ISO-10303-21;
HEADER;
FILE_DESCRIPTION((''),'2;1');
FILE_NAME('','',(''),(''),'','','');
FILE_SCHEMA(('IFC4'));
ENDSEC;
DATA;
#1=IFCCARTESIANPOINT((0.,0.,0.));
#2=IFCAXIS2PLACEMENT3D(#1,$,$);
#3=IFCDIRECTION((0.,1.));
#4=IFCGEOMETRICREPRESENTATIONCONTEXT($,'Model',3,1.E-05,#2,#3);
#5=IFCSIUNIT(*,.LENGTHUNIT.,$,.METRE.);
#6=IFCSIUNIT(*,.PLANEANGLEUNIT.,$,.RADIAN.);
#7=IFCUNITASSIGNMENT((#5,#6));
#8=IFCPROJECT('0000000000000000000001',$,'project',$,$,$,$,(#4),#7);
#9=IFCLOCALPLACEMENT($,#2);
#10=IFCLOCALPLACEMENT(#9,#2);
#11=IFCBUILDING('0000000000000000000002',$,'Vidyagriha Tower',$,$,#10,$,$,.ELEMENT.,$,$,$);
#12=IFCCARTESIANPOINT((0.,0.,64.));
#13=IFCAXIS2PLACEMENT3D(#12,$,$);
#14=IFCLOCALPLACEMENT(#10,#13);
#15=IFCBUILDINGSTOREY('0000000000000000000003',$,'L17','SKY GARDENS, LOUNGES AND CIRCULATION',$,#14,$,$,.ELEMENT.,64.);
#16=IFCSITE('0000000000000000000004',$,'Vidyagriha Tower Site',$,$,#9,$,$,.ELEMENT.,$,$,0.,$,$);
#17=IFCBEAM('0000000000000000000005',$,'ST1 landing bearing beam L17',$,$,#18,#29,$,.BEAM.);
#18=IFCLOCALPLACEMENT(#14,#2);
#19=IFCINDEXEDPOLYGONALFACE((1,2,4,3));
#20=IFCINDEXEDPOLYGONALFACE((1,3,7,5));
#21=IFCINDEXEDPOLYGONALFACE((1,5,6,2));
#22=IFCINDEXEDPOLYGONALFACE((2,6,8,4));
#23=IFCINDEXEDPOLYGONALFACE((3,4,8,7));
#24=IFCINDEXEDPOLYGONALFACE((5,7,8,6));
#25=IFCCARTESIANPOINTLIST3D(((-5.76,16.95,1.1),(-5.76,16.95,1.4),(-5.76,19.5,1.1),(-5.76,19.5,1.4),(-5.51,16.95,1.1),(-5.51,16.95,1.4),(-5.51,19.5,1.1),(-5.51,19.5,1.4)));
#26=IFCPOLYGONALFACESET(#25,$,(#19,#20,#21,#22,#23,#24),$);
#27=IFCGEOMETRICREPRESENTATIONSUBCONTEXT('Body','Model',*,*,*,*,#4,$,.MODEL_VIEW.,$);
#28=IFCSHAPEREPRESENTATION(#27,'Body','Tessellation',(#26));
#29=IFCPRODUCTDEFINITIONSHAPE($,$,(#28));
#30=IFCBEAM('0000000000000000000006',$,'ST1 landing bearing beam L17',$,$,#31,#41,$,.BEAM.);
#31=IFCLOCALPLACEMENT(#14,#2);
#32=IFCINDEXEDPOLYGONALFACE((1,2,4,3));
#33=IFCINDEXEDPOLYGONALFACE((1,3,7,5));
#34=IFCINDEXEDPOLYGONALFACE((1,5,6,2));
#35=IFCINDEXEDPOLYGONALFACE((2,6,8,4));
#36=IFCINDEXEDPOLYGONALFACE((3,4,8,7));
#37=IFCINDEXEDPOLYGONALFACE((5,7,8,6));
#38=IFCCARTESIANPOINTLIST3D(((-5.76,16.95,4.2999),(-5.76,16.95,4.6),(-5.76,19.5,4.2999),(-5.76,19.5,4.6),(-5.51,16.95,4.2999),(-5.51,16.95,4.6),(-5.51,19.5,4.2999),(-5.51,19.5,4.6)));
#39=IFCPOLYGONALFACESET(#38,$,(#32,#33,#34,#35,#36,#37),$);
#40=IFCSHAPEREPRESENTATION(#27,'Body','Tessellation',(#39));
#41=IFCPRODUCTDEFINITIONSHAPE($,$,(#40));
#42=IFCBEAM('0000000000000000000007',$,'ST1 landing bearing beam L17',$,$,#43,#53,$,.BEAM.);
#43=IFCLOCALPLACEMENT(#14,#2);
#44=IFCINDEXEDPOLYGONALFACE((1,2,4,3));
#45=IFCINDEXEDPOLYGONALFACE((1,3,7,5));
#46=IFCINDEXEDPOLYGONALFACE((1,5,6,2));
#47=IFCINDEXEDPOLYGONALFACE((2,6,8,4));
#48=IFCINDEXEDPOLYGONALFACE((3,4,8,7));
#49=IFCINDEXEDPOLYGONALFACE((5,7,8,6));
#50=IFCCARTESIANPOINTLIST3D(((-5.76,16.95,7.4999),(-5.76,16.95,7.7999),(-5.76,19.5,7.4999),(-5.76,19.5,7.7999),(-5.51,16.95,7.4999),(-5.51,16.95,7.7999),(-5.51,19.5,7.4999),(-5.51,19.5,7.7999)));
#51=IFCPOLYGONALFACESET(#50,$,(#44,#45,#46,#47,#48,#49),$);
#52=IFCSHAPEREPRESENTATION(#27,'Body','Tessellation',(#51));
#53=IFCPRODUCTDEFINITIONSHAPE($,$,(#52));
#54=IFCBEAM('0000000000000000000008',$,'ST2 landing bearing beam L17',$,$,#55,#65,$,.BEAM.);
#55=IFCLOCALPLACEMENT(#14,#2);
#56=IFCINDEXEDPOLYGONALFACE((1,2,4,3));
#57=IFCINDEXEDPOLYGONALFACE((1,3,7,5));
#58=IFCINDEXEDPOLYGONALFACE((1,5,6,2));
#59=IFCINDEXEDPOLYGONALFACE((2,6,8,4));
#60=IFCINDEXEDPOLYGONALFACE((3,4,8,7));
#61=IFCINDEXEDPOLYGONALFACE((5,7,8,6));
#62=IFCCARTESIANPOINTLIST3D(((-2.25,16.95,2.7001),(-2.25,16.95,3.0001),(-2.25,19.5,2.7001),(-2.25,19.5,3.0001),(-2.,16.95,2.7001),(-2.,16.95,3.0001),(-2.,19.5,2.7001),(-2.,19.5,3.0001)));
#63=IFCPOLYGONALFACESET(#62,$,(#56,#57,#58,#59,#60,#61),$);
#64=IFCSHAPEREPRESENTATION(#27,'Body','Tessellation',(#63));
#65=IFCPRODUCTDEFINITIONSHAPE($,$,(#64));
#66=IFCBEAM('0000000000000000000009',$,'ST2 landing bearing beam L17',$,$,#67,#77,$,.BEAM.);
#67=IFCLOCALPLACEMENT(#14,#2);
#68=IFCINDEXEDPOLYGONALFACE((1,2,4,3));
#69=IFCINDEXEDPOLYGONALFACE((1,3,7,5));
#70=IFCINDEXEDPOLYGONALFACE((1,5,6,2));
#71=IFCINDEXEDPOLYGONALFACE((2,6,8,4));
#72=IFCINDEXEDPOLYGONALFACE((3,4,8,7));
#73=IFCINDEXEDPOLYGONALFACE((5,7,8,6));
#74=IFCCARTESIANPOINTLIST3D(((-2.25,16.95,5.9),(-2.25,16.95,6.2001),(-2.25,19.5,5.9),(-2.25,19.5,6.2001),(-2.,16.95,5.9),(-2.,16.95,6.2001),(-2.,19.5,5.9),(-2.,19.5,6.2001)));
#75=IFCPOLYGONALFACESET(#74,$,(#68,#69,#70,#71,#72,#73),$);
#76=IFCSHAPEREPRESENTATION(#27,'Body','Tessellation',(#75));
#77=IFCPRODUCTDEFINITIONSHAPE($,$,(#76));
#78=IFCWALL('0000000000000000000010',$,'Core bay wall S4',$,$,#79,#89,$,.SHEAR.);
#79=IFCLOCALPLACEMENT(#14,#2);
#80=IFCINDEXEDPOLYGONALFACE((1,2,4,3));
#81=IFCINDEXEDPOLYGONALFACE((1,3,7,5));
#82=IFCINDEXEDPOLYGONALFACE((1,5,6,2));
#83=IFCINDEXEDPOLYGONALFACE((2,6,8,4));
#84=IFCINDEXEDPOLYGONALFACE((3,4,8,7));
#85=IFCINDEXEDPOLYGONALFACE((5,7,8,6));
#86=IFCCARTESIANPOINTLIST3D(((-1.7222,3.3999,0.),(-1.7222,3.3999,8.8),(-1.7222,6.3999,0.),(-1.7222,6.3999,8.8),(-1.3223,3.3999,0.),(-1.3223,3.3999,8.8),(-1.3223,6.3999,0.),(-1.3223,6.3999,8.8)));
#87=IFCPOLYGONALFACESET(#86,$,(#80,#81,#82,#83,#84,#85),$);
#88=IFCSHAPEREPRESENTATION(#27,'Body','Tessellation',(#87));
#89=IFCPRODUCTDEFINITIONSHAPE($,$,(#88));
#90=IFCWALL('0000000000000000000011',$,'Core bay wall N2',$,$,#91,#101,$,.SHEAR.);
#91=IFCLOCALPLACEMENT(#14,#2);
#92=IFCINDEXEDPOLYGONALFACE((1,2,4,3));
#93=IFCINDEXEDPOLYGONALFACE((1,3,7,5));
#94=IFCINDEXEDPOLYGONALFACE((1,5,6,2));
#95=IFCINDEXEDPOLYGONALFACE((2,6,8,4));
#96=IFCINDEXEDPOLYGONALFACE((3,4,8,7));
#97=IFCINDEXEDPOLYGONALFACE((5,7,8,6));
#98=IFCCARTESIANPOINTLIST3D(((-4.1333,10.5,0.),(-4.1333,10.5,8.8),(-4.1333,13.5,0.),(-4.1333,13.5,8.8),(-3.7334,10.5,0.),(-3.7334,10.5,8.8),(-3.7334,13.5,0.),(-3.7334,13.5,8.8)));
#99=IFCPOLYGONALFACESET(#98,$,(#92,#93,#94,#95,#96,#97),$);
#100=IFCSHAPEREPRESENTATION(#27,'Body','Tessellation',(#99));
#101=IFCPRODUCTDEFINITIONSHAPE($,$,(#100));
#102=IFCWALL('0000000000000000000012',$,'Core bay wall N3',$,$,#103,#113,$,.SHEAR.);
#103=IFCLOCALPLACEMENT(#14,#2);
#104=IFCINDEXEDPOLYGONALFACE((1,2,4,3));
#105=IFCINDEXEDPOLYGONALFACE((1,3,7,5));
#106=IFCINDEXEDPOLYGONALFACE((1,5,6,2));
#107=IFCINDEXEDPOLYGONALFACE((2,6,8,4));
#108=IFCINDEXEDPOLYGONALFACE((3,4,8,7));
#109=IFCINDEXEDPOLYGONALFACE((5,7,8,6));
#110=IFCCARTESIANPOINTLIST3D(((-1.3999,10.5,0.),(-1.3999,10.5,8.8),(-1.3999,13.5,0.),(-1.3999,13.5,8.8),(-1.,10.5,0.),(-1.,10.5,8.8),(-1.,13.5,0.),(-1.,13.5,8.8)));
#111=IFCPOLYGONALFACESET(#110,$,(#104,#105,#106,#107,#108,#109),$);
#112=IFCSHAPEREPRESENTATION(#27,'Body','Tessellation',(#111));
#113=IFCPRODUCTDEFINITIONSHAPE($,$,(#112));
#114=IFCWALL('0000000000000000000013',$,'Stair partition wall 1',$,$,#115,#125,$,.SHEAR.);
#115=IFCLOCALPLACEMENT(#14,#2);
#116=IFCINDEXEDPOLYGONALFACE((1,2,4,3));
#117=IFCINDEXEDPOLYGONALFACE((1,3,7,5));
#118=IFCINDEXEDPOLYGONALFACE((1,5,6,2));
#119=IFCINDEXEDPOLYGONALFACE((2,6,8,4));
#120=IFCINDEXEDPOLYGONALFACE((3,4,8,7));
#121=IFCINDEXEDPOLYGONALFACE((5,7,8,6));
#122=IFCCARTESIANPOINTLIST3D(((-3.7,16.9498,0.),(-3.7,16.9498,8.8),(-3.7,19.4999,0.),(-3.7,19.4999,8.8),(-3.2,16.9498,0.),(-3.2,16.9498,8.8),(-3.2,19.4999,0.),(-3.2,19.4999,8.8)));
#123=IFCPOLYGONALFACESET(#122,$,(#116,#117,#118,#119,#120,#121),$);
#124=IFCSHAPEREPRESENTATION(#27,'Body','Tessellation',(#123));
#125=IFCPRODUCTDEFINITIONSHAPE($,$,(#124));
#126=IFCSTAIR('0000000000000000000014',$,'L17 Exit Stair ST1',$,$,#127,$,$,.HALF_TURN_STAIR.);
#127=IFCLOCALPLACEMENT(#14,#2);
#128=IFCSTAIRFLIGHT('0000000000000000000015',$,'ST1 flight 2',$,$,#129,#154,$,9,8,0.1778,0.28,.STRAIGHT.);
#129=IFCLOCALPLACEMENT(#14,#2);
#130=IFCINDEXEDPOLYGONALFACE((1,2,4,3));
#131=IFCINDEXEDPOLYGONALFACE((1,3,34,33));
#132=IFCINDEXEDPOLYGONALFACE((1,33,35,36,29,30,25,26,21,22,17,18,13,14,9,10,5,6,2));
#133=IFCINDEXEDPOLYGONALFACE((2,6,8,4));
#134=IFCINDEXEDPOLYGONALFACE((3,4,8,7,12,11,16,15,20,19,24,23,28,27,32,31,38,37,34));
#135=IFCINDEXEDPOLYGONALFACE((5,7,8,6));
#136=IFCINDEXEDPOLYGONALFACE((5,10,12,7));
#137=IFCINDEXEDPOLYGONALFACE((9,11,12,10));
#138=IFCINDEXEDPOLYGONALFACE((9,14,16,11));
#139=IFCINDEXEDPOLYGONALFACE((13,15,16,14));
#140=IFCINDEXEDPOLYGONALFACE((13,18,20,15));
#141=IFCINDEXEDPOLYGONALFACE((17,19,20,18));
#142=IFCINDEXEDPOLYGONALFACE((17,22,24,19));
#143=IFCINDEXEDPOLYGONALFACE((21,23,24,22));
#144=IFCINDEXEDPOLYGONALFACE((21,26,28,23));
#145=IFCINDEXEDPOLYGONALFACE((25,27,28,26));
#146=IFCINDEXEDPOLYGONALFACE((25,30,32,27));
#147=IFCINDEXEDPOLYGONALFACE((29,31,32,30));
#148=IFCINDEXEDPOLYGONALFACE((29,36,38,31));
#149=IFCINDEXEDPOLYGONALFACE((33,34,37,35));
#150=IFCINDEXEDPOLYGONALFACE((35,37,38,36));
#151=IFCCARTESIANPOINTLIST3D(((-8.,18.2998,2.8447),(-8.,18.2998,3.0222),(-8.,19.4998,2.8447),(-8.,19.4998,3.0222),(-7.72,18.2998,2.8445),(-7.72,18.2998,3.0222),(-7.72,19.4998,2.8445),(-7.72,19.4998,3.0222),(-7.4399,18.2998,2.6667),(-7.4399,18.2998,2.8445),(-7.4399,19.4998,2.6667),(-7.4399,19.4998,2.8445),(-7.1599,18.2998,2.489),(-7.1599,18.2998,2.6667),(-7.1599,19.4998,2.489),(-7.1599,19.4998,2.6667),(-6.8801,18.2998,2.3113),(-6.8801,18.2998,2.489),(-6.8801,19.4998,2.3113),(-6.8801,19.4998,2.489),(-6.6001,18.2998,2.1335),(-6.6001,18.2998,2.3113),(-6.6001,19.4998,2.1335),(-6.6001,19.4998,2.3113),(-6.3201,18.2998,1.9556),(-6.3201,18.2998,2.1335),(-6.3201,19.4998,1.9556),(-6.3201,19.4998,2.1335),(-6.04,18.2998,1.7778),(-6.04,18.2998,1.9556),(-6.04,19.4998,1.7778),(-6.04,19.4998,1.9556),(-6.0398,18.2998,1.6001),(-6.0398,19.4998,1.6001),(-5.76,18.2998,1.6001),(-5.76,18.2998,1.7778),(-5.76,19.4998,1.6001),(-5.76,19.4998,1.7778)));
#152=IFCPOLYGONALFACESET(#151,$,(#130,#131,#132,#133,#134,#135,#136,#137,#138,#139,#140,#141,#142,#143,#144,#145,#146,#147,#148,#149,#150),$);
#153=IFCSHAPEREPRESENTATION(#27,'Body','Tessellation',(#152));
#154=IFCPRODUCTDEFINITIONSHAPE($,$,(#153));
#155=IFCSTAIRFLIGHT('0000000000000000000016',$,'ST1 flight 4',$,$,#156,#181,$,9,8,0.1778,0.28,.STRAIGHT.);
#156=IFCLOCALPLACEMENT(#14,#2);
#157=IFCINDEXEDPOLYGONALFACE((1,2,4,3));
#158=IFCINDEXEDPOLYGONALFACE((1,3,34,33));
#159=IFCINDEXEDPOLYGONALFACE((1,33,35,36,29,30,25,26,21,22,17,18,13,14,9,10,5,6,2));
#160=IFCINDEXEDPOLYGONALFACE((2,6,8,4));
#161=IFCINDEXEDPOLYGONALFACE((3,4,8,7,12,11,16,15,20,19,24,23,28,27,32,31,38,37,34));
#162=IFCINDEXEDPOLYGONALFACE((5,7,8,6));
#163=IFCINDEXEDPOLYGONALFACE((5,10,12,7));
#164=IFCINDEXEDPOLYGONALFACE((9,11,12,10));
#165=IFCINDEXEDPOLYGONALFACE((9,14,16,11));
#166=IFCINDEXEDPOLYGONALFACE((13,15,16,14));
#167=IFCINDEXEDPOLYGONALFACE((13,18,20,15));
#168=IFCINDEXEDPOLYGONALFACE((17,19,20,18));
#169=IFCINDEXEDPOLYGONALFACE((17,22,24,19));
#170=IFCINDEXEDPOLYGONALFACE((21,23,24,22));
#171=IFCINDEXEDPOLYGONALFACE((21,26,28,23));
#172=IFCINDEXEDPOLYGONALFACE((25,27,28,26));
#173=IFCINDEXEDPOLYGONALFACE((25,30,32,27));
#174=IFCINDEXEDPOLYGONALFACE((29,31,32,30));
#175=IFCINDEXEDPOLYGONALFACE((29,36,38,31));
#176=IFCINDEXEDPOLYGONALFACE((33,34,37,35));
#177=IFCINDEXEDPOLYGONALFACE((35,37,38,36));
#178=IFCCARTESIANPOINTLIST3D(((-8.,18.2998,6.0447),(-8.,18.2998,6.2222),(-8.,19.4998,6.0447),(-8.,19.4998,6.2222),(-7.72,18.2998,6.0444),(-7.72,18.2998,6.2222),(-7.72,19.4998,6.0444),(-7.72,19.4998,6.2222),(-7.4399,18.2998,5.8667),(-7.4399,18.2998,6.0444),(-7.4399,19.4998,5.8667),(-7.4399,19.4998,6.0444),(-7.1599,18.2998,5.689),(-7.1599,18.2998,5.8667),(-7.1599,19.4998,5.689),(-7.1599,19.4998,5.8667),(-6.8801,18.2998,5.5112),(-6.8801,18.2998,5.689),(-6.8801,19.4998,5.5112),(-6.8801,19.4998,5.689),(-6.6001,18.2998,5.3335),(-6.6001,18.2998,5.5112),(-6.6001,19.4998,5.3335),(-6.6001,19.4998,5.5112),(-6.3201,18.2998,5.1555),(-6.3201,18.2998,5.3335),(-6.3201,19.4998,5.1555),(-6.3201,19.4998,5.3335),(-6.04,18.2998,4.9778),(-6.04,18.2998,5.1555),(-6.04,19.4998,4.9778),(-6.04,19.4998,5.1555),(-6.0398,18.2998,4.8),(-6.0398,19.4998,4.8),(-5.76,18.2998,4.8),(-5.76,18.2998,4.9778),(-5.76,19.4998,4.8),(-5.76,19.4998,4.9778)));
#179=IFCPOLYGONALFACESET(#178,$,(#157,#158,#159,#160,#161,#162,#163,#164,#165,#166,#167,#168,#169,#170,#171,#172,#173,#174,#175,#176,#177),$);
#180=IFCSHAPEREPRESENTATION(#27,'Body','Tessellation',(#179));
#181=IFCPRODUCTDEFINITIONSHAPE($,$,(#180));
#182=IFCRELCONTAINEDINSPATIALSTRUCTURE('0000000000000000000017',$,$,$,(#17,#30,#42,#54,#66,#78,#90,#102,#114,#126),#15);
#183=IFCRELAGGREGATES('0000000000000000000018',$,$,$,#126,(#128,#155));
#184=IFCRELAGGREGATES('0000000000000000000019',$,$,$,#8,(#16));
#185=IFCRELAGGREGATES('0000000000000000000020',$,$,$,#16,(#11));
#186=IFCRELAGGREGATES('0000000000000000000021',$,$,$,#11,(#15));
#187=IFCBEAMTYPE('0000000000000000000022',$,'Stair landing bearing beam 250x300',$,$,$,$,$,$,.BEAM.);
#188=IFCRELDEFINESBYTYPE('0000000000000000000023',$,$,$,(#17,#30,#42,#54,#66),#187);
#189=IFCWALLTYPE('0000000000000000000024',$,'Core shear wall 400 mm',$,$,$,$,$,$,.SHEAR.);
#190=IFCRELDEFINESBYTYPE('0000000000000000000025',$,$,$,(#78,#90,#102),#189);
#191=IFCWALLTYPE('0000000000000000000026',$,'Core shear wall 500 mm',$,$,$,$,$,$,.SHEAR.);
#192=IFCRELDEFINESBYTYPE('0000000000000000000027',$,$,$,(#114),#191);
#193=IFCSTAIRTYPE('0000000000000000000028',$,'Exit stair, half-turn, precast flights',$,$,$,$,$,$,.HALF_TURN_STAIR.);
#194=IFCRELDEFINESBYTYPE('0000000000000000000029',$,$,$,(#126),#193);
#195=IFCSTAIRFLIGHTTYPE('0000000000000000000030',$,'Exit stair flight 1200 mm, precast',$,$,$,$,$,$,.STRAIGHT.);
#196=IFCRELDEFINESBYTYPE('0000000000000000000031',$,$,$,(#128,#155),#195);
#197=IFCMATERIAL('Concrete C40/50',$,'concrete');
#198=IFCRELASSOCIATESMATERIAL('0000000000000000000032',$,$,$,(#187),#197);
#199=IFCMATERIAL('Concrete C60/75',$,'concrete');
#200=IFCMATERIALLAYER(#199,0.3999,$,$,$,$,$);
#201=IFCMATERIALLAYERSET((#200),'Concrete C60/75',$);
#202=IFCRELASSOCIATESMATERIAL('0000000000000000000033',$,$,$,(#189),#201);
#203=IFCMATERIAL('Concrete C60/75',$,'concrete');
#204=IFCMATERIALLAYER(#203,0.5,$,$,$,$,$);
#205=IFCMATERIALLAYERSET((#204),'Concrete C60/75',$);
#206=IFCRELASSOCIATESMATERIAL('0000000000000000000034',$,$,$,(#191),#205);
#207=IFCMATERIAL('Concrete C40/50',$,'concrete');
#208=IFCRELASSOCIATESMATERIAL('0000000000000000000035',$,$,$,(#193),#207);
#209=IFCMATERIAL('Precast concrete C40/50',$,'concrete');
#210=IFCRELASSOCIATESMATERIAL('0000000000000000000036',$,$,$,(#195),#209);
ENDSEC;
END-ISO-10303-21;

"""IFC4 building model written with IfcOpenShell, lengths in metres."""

from ifc_helpers import new_model, si_unit, direction, frame, frame_2d, origin, origin_2d, place, context, subcontext, project, spatial, polyline, rectangle, outline, extrude, material, layer, layer_set, material_profile, profile_set, type_object, element, aggregate, save


model = new_model("IFC4")

# Units and contexts
model_context = context("Model", 3, precision=1e-05, world=origin(), true_north=direction((0.0, 1.0)))
body_context = subcontext(model_context, "Body", "Model", "MODEL_VIEW")
ifc_project = project(units=[si_unit("LENGTHUNIT", "METRE"), si_unit("PLANEANGLEUNIT", "RADIAN")], contexts=[model_context])

# Site, building, storey
site_placement = place(None, origin())
site = spatial("IfcSite", under=ifc_project, at=site_placement, Name="Vidyagriha Tower Site", CompositionType="ELEMENT", RefElevation=0.0)
building_placement = place(site_placement, origin())
building = spatial("IfcBuilding", under=site, at=building_placement, Name="Vidyagriha Tower", CompositionType="ELEMENT")
storey_placement = place(building_placement, frame((0.0, 0.0, 64.0)))
storey = spatial("IfcBuildingStorey", under=building, at=storey_placement, Name="L17", Description="SKY GARDENS, LOUNGES AND CIRCULATION", CompositionType="ELEMENT", Elevation=64.0)

# Beams
ifc_material_1 = material(Name="Concrete C40/50", Category="concrete")
ifc_material_profile = material_profile(ifc_material_1, rectangle(XDim=0.25, YDim=0.3, at=origin_2d()), Name="Stair landing bearing beam 250x300")
ifc_profile_set = profile_set([ifc_material_profile], Name="Concrete C40/50")
beam_type = type_object("IfcBeamType", Name="Stair landing bearing beam 250x300", PredefinedType="BEAM", material=ifc_profile_set)
for number, where, z_axis, x_axis, name in (
    (1, (-5.635, 16.95, 1.25), (0.0, 1.0, 0.0), (-1.0, 0.0, 0.0), "ST1 landing bearing beam L17"),
    (2, (-5.635, 16.95, 4.45), (0.0, 1.0, 0.0), (-1.0, 0.0, 0.0), "ST1 landing bearing beam L17"),
    (3, (-5.635, 16.95, 7.6499), (0.0, 1.0, 0.0), (-1.0, 0.0, 0.0), "ST1 landing bearing beam L17"),
    (4, (-2.125, 16.95, 2.8501), (0.0, 1.0, 0.0), (-1.0, 0.0, 0.0), "ST2 landing bearing beam L17"),
    (5, (-2.125, 16.95, 6.05), (0.0, 1.0, 0.0), (-1.0, 0.0, 0.0), "ST2 landing bearing beam L17"),
):
    element("IfcBeam", number, at=place(storey_placement, frame(where, z_axis=z_axis, x_axis=x_axis)), inside=storey, type_object=beam_type, Name=name, PredefinedType="BEAM", context=body_context, shape_type="SweptSolid", body=[
        extrude(rectangle(XDim=0.25, YDim=0.3, at=origin_2d()), origin(), (0.0, 0.0, 1.0), 2.55),
    ])

# Walls
ifc_material_2 = material(Name="Concrete C60/75", Category="concrete")
ifc_layer_1 = layer(ifc_material_2, 0.3999)
ifc_layer_set_1 = layer_set([ifc_layer_1], Name="Concrete C60/75")
wall_type_1 = type_object("IfcWallType", Name="Core shear wall 400 mm", PredefinedType="SHEAR", material=ifc_layer_set_1)
for number, where, z_axis, x_axis, name in (
    (6, (-1.5222, 3.3999, 0.0), (0.0, 0.0, 1.0), (0.0, 1.0, 0.0), "Core bay wall S4"),
    (7, (-3.9333, 10.5, 0.0), (0.0, 0.0, 1.0), (0.0, 1.0, 0.0), "Core bay wall N2"),
    (8, (-1.2, 10.5, 0.0), (0.0, 0.0, 1.0), (0.0, 1.0, 0.0), "Core bay wall N3"),
):
    element("IfcWall", number, at=place(storey_placement, frame(where, z_axis=z_axis, x_axis=x_axis)), inside=storey, type_object=wall_type_1, Name=name, PredefinedType="SHEAR", context=body_context, shape_type="SweptSolid", body=[
        extrude(rectangle(XDim=3.0, YDim=0.3999, at=frame_2d((1.5, 0.0))), origin(), (0.0, 0.0, 1.0), 8.8),
    ])
ifc_material_3 = material(Name="Concrete C60/75", Category="concrete")
ifc_layer_2 = layer(ifc_material_3, 0.5)
ifc_layer_set_2 = layer_set([ifc_layer_2], Name="Concrete C60/75")
wall_type_2 = type_object("IfcWallType", Name="Core shear wall 500 mm", PredefinedType="SHEAR", material=ifc_layer_set_2)
wall_placement = place(storey_placement, frame((-3.45, 16.95, 0.0), z_axis=(0.0, 0.0, 1.0), x_axis=(0.0, 1.0, 0.0)))
element("IfcWall", 9, at=wall_placement, inside=storey, type_object=wall_type_2, Name="Stair partition wall 1", PredefinedType="SHEAR", context=body_context, shape_type="SweptSolid", body=[
    extrude(rectangle(XDim=2.55, YDim=0.5, at=frame_2d((1.2749, 0.0))), origin(), (0.0, 0.0, 1.0), 8.8),
])

# Stair, stair flights
ifc_material_4 = material(Name="Concrete C40/50", Category="concrete")
stair_type = type_object("IfcStairType", Name="Exit stair, half-turn, precast flights", PredefinedType="HALF_TURN_STAIR", material=ifc_material_4)
stair_1_placement = place(storey_placement, origin())
stair_1 = element("IfcStair", 10, at=stair_1_placement, inside=storey, type_object=stair_type, Name="L17 Exit Stair ST1", PredefinedType="HALF_TURN_STAIR")
ifc_material_5 = material(Name="Precast concrete C40/50", Category="concrete")
stair_flight_type = type_object("IfcStairFlightType", Name="Exit stair flight 1200 mm, precast", PredefinedType="STRAIGHT", material=ifc_material_5)
stair_flight_1_placement = place(storey_placement, frame((-5.76, 18.8999, 1.6001), z_axis=(0.0, 0.0, 1.0), x_axis=(-1.0, 0.0, 0.0)))
stair_flight_1 = element("IfcStairFlight", 11, at=stair_flight_1_placement, type_object=stair_flight_type, Name="ST1 flight 2", NumberOfRisers=9, NumberOfTreads=8, PredefinedType="STRAIGHT", RiserHeight=0.1778, TreadLength=0.28, context=body_context, shape_type="SweptSolid", body=[
    extrude(outline(polyline([(0.0, 0.0), (0.0, 0.1777), (0.28, 0.1777), (0.28, 0.3555), (0.5601, 0.3555), (0.5601, 0.5334), (0.8401, 0.5334), (0.8401, 0.7112), (1.1201, 0.7112), (1.1201, 0.8889), (1.3999, 0.8889), (1.3999, 1.0667), (1.6799, 1.0667), (1.6799, 1.2444), (1.96, 1.2444), (1.96, 1.4221), (2.24, 1.4221), (2.24, 1.6001), (2.24, 1.2446), (0.2798, 0.0), (0.0, 0.0)])), frame((0.0, 0.6001, 0.0), z_axis=(0.0, -1.0, 0.0), x_axis=(1.0, 0.0, 0.0)), (0.0, 0.0, 1.0), 1.2),
])
stair_flight_2_placement = place(storey_placement, frame((-5.76, 18.8999, 4.8), z_axis=(0.0, 0.0, 1.0), x_axis=(-1.0, 0.0, 0.0)))
stair_flight_2 = element("IfcStairFlight", 12, at=stair_flight_2_placement, type_object=stair_flight_type, Name="ST1 flight 4", NumberOfRisers=9, NumberOfTreads=8, PredefinedType="STRAIGHT", RiserHeight=0.1778, TreadLength=0.28, context=body_context, shape_type="SweptSolid", body=[
    extrude(outline(polyline([(0.0, 0.0), (0.0, 0.1777), (0.28, 0.1777), (0.28, 0.3555), (0.5601, 0.3555), (0.5601, 0.5334), (0.8401, 0.5334), (0.8401, 0.7112), (1.1201, 0.7112), (1.1201, 0.8889), (1.3999, 0.8889), (1.3999, 1.0667), (1.6799, 1.0667), (1.6799, 1.2444), (1.96, 1.2444), (1.96, 1.4221), (2.24, 1.4221), (2.24, 1.6001), (2.24, 1.2446), (0.2798, 0.0), (0.0, 0.0)])), frame((0.0, 0.6001, 0.0), z_axis=(0.0, -1.0, 0.0), x_axis=(1.0, 0.0, 0.0)), (0.0, 0.0, 1.0), 1.2),
])
aggregate(stair_1, [stair_flight_1, stair_flight_2])

save(model, "model.ifc")
